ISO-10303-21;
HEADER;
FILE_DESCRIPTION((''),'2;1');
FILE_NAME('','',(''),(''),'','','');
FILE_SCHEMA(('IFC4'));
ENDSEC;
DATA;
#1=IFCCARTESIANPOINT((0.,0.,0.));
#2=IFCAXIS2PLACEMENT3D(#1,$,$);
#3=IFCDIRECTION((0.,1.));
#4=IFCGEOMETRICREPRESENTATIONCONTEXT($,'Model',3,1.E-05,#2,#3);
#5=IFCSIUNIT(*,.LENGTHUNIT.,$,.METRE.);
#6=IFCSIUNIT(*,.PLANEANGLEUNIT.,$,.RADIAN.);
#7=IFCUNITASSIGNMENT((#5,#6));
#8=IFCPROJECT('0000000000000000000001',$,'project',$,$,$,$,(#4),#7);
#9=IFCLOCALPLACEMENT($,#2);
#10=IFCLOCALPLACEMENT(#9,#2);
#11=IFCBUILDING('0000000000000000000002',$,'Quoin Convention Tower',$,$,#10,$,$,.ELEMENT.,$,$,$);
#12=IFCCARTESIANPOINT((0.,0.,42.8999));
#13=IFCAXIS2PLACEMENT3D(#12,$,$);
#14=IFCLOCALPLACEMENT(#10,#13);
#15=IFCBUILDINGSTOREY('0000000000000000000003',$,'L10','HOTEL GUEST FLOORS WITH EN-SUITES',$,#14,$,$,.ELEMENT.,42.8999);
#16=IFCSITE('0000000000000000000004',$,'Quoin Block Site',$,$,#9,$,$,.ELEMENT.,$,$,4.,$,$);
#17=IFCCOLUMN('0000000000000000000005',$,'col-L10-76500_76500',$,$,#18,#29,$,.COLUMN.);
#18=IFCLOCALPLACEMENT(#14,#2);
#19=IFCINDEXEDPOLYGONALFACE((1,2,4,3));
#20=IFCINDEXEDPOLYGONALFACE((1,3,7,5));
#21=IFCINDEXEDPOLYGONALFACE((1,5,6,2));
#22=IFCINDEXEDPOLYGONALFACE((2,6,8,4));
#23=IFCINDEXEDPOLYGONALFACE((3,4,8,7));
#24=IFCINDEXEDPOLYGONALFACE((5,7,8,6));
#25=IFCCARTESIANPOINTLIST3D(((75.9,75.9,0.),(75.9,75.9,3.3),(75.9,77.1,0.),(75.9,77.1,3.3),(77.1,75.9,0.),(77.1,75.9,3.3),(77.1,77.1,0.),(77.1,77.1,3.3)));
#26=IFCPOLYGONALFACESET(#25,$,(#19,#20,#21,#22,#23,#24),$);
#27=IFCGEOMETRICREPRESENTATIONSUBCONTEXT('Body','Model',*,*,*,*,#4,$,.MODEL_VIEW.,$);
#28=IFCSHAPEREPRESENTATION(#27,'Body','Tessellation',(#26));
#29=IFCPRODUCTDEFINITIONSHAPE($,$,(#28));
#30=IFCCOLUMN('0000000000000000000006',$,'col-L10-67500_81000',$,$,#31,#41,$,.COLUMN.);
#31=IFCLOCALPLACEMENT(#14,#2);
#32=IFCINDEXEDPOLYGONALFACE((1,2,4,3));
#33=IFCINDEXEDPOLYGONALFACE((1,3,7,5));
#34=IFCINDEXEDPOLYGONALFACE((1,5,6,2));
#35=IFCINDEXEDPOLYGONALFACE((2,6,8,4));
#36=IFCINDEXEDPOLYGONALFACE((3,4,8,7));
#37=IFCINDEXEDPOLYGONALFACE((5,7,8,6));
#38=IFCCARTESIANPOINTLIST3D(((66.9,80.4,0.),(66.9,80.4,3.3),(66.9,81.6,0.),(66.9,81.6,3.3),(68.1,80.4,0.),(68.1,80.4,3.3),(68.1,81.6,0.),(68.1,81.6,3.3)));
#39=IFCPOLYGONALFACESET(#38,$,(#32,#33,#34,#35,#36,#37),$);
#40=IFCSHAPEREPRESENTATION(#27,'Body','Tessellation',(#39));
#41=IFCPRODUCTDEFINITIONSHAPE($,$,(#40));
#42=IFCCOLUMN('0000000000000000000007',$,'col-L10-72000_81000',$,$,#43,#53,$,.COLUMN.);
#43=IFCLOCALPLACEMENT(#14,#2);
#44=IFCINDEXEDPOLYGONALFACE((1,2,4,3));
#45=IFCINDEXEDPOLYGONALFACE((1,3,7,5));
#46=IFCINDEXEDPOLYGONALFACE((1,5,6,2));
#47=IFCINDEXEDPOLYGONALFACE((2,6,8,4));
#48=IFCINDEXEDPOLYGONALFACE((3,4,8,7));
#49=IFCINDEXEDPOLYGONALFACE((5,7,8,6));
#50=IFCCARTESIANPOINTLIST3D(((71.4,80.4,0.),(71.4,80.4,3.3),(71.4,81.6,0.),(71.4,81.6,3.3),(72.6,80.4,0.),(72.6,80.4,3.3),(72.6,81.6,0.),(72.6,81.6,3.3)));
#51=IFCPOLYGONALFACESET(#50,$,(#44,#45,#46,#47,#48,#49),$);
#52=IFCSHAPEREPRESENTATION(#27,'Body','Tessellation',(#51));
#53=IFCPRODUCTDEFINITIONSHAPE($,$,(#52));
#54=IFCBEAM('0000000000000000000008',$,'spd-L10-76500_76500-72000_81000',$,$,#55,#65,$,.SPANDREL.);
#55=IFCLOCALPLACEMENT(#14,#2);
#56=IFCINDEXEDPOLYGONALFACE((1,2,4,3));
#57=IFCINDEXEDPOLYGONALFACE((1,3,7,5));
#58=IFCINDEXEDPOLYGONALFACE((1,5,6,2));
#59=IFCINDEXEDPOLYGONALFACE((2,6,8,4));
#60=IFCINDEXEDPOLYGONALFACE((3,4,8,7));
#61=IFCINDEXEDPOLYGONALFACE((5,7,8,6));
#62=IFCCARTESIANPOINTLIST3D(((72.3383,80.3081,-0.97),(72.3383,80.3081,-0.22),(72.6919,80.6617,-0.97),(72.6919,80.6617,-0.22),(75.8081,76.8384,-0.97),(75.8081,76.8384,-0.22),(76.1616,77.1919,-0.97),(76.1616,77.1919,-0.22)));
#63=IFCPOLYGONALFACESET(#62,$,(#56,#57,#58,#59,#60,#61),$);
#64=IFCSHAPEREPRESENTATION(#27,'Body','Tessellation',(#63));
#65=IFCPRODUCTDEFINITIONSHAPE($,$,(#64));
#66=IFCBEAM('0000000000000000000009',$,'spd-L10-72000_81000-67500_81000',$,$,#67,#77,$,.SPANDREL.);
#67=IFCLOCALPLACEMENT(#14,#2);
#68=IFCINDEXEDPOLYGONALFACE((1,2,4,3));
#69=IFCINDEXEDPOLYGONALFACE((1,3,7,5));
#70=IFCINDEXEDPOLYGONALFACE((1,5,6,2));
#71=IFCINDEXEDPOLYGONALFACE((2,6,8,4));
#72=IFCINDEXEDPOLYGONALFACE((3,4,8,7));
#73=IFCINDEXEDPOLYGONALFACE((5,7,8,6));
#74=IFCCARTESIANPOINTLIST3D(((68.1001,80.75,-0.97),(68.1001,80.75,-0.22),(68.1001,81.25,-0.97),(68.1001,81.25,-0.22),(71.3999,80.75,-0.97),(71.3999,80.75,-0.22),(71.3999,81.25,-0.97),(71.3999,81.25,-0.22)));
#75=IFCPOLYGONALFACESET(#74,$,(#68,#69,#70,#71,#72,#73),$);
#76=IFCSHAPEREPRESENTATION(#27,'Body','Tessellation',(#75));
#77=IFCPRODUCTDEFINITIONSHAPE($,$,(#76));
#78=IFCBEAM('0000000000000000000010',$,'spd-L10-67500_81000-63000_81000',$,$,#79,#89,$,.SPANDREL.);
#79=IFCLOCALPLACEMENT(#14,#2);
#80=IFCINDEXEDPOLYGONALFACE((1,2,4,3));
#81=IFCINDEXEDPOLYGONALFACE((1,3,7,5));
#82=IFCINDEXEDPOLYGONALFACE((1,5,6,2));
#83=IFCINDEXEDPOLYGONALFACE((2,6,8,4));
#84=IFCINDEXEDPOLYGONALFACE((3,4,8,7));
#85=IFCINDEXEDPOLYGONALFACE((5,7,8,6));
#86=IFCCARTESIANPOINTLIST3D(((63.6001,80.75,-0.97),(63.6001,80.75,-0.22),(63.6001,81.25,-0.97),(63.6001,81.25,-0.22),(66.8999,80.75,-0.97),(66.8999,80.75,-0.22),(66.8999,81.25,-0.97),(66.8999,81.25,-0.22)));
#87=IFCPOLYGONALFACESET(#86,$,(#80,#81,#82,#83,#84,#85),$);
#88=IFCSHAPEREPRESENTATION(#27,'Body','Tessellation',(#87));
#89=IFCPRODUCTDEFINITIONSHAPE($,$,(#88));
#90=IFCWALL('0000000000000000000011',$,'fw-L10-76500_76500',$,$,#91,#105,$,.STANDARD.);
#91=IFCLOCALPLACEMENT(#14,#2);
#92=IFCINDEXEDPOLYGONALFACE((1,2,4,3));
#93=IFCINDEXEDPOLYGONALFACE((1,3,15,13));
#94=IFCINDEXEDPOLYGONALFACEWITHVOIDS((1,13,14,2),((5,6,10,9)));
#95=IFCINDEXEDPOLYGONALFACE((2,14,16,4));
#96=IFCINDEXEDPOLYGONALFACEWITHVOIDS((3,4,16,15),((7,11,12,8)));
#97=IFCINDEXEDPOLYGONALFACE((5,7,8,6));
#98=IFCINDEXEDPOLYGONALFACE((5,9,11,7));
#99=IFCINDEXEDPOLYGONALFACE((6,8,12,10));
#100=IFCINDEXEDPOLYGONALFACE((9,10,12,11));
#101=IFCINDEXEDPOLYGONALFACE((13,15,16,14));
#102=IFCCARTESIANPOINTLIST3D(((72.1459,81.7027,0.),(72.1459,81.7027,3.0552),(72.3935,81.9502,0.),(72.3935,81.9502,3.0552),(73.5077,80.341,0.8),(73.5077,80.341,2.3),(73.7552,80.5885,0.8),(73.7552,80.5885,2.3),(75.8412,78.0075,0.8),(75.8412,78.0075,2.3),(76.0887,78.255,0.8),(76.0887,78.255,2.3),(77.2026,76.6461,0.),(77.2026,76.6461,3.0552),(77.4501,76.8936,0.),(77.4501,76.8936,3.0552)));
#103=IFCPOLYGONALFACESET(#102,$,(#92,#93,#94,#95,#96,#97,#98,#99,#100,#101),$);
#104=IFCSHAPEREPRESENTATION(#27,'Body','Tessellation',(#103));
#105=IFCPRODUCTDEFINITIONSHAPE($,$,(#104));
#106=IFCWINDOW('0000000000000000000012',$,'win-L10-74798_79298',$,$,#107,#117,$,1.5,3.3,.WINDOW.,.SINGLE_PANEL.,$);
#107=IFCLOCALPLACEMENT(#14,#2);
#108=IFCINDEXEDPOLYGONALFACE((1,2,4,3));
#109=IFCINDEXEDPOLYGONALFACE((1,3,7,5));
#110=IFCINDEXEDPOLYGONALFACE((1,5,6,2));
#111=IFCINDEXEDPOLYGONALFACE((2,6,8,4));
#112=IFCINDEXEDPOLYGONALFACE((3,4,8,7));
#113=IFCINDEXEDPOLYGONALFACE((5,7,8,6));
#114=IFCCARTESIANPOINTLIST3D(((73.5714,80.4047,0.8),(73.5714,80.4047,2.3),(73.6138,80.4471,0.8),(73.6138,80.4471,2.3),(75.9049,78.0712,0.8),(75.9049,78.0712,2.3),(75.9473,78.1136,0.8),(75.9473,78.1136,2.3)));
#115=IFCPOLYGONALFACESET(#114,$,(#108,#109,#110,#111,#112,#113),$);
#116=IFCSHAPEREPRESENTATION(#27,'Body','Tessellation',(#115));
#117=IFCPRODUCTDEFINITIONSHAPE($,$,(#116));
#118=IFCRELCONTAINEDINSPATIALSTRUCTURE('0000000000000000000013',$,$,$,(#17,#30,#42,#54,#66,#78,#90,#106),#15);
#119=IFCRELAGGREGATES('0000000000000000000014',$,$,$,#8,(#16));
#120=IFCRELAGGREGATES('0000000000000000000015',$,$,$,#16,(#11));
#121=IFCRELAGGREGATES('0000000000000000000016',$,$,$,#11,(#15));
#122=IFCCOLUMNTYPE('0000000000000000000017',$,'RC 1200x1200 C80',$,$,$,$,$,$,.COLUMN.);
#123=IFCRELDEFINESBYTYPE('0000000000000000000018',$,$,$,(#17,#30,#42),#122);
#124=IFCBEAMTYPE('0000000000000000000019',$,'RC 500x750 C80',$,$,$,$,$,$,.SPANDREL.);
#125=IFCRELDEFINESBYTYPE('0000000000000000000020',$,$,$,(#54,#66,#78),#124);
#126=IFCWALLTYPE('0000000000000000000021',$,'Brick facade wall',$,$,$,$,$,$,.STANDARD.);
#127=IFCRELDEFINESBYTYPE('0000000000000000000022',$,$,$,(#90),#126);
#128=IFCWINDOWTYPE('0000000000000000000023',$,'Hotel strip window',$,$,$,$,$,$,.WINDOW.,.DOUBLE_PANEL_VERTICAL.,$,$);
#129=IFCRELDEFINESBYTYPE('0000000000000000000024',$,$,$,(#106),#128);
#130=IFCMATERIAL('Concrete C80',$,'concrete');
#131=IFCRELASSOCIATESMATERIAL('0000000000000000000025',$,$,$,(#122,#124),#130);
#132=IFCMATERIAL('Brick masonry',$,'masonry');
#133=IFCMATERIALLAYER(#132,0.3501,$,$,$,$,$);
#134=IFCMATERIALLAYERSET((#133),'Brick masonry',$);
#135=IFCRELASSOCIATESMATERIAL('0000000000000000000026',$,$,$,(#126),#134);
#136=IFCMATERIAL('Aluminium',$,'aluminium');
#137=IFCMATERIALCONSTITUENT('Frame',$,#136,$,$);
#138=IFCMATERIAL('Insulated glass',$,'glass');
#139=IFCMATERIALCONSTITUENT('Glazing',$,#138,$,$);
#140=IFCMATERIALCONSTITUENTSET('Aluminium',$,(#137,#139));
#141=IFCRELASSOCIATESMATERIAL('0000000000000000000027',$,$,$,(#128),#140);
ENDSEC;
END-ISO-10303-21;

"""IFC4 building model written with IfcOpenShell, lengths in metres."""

from ifc_helpers import new_model, si_unit, direction, frame, frame_2d, origin, origin_2d, place, context, subcontext, project, spatial, rectangle, extrude, material, layer, layer_set, constituent, constituent_set, material_profile, profile_set, type_object, element, fill, save


model = new_model("IFC4")

# Units and contexts
model_context = context("Model", 3, precision=1e-05, world=origin(), true_north=direction((0.0, 1.0)))
body_context = subcontext(model_context, "Body", "Model", "MODEL_VIEW")
ifc_project = project(units=[si_unit("LENGTHUNIT", "METRE"), si_unit("PLANEANGLEUNIT", "RADIAN")], contexts=[model_context])

# Site, building, storey
site_placement = place(None, origin())
site = spatial("IfcSite", under=ifc_project, at=site_placement, Name="Quoin Block Site", CompositionType="ELEMENT", RefElevation=4.0)
building_placement = place(site_placement, origin())
building = spatial("IfcBuilding", under=site, at=building_placement, Name="Quoin Convention Tower", CompositionType="ELEMENT")
storey_placement = place(building_placement, frame((0.0, 0.0, 42.8999)))
storey = spatial("IfcBuildingStorey", under=building, at=storey_placement, Name="L10", Description="HOTEL GUEST FLOORS WITH EN-SUITES", CompositionType="ELEMENT", Elevation=42.8999)

# Columns
ifc_material_1 = material(Name="Concrete C80", Category="concrete")
ifc_material_profile_1 = material_profile(ifc_material_1, rectangle(XDim=1.2, YDim=1.2, at=origin_2d()), Name="RC 1200x1200")
ifc_profile_set_1 = profile_set([ifc_material_profile_1], Name="Concrete C80")
column_type = type_object("IfcColumnType", Name="RC 1200x1200 C80", PredefinedType="COLUMN", material=ifc_profile_set_1)
for number, where, z_axis, x_axis, name in (
    (1, (76.5, 76.5, 0.0), (0.0, 0.0, 1.0), (1.0, 0.0, 0.0), "col-L10-76500_76500"),
    (2, (67.5, 81.0, 0.0), (0.0, 0.0, 1.0), (1.0, 0.0, 0.0), "col-L10-67500_81000"),
    (3, (72.0, 81.0, 0.0), (0.0, 0.0, 1.0), (1.0, 0.0, 0.0), "col-L10-72000_81000"),
):
    element("IfcColumn", number, at=place(storey_placement, frame(where, z_axis=z_axis, x_axis=x_axis)), inside=storey, type_object=column_type, Name=name, PredefinedType="COLUMN", context=body_context, shape_type="SweptSolid", body=[
        extrude(rectangle(XDim=1.2, YDim=1.2, at=origin_2d()), origin(), (0.0, 0.0, 1.0), 3.3),
    ])

# Beams
ifc_material_profile_2 = material_profile(ifc_material_1, rectangle(XDim=0.5, YDim=0.75, at=origin_2d()), Name="RC 500x750")
ifc_profile_set_2 = profile_set([ifc_material_profile_2], Name="Concrete C80")
beam_type = type_object("IfcBeamType", Name="RC 500x750 C80", PredefinedType="SPANDREL", material=ifc_profile_set_2)
beam_placement = place(storey_placement, frame((75.9849, 77.0151, -0.595), z_axis=(-0.707107, 0.707107, 0.0), x_axis=(-0.707107, -0.707107, 0.0)))
element("IfcBeam", 4, at=beam_placement, inside=storey, type_object=beam_type, Name="spd-L10-76500_76500-72000_81000", PredefinedType="SPANDREL", context=body_context, shape_type="SweptSolid", body=[
    extrude(rectangle(XDim=0.5, YDim=0.75, at=origin_2d()), origin(), (0.0, 0.0, 1.0), 4.907),
])
for number, where, z_axis, x_axis, name in (
    (5, (71.3999, 81.0, -0.595), (-1.0, 0.0, 0.0), (0.0, -1.0, 0.0), "spd-L10-72000_81000-67500_81000"),
    (6, (66.8999, 81.0, -0.595), (-1.0, 0.0, 0.0), (0.0, -1.0, 0.0), "spd-L10-67500_81000-63000_81000"),
):
    element("IfcBeam", number, at=place(storey_placement, frame(where, z_axis=z_axis, x_axis=x_axis)), inside=storey, type_object=beam_type, Name=name, PredefinedType="SPANDREL", context=body_context, shape_type="SweptSolid", body=[
        extrude(rectangle(XDim=0.5, YDim=0.75, at=origin_2d()), origin(), (0.0, 0.0, 1.0), 3.2998),
    ])

# Wall, opening, window
ifc_material_2 = material(Name="Brick masonry", Category="masonry")
ifc_layer_1 = layer(ifc_material_2, 0.3501)
ifc_layer_set_1 = layer_set([ifc_layer_1], Name="Brick masonry")
wall_type_1 = type_object("IfcWallType", Name="Brick facade wall", PredefinedType="STANDARD", material=ifc_layer_set_1)
wall_1_placement = place(storey_placement, frame((77.3264, 76.7698, 0.0), z_axis=(0.0, 0.0, 1.0), x_axis=(-0.707107, 0.707107, 0.0)))
wall_1 = element("IfcWall", 7, at=wall_1_placement, inside=storey, type_object=wall_type_1, Name="fw-L10-76500_76500", PredefinedType="STANDARD", context=body_context, shape_type="SweptSolid", body=[
    extrude(rectangle(XDim=7.1511, YDim=0.3501, at=frame_2d((3.5757, 0.0))), origin(), (0.0, 0.0, 1.0), 3.0552),
])
opening_1_placement = place(wall_1_placement, frame((1.9255, 0.0, 0.8)))
opening_1 = element("IfcOpeningElement", 8, at=opening_1_placement, cuts=wall_1, PredefinedType="OPENING", context=body_context, shape_type="SweptSolid", body=[
    extrude(rectangle(XDim=3.3, YDim=1.5, at=frame_2d((1.6499, 0.75))), frame((0.0, 0.1851, 0.0), z_axis=(0.0, -1.0, 0.0), x_axis=(1.0, 0.0, 0.0)), (0.0, 0.0, 1.0), 0.3701),
])
ifc_material_3 = material(Name="Aluminium", Category="aluminium")
ifc_constituent_1 = constituent(ifc_material_3, Name="Frame")
ifc_material_4 = material(Name="Insulated glass", Category="glass")
ifc_constituent_2 = constituent(ifc_material_4, Name="Glazing")
ifc_constituent_set = constituent_set(constituents=[ifc_constituent_1, ifc_constituent_2], Name="Aluminium")
window_type = type_object("IfcWindowType", Name="Hotel strip window", PartitioningType="DOUBLE_PANEL_VERTICAL", PredefinedType="WINDOW", material=ifc_constituent_set)
window_1_placement = place(opening_1_placement, origin())
window_1 = element("IfcWindow", 9, at=window_1_placement, inside=storey, type_object=window_type, Name="win-L10-74798_79298", OverallHeight=1.5, OverallWidth=3.3, PartitioningType="SINGLE_PANEL", PredefinedType="WINDOW", context=body_context, shape_type="SweptSolid", body=[
    extrude(rectangle(XDim=3.3, YDim=1.5, at=frame_2d((1.6499, 0.75))), frame((0.0, 0.085, 0.0), z_axis=(0.0, -1.0, 0.0), x_axis=(1.0, 0.0, 0.0)), (0.0, 0.0, 1.0), 0.0601),
])
fill(opening_1, window_1)

save(model, "model.ifc")
